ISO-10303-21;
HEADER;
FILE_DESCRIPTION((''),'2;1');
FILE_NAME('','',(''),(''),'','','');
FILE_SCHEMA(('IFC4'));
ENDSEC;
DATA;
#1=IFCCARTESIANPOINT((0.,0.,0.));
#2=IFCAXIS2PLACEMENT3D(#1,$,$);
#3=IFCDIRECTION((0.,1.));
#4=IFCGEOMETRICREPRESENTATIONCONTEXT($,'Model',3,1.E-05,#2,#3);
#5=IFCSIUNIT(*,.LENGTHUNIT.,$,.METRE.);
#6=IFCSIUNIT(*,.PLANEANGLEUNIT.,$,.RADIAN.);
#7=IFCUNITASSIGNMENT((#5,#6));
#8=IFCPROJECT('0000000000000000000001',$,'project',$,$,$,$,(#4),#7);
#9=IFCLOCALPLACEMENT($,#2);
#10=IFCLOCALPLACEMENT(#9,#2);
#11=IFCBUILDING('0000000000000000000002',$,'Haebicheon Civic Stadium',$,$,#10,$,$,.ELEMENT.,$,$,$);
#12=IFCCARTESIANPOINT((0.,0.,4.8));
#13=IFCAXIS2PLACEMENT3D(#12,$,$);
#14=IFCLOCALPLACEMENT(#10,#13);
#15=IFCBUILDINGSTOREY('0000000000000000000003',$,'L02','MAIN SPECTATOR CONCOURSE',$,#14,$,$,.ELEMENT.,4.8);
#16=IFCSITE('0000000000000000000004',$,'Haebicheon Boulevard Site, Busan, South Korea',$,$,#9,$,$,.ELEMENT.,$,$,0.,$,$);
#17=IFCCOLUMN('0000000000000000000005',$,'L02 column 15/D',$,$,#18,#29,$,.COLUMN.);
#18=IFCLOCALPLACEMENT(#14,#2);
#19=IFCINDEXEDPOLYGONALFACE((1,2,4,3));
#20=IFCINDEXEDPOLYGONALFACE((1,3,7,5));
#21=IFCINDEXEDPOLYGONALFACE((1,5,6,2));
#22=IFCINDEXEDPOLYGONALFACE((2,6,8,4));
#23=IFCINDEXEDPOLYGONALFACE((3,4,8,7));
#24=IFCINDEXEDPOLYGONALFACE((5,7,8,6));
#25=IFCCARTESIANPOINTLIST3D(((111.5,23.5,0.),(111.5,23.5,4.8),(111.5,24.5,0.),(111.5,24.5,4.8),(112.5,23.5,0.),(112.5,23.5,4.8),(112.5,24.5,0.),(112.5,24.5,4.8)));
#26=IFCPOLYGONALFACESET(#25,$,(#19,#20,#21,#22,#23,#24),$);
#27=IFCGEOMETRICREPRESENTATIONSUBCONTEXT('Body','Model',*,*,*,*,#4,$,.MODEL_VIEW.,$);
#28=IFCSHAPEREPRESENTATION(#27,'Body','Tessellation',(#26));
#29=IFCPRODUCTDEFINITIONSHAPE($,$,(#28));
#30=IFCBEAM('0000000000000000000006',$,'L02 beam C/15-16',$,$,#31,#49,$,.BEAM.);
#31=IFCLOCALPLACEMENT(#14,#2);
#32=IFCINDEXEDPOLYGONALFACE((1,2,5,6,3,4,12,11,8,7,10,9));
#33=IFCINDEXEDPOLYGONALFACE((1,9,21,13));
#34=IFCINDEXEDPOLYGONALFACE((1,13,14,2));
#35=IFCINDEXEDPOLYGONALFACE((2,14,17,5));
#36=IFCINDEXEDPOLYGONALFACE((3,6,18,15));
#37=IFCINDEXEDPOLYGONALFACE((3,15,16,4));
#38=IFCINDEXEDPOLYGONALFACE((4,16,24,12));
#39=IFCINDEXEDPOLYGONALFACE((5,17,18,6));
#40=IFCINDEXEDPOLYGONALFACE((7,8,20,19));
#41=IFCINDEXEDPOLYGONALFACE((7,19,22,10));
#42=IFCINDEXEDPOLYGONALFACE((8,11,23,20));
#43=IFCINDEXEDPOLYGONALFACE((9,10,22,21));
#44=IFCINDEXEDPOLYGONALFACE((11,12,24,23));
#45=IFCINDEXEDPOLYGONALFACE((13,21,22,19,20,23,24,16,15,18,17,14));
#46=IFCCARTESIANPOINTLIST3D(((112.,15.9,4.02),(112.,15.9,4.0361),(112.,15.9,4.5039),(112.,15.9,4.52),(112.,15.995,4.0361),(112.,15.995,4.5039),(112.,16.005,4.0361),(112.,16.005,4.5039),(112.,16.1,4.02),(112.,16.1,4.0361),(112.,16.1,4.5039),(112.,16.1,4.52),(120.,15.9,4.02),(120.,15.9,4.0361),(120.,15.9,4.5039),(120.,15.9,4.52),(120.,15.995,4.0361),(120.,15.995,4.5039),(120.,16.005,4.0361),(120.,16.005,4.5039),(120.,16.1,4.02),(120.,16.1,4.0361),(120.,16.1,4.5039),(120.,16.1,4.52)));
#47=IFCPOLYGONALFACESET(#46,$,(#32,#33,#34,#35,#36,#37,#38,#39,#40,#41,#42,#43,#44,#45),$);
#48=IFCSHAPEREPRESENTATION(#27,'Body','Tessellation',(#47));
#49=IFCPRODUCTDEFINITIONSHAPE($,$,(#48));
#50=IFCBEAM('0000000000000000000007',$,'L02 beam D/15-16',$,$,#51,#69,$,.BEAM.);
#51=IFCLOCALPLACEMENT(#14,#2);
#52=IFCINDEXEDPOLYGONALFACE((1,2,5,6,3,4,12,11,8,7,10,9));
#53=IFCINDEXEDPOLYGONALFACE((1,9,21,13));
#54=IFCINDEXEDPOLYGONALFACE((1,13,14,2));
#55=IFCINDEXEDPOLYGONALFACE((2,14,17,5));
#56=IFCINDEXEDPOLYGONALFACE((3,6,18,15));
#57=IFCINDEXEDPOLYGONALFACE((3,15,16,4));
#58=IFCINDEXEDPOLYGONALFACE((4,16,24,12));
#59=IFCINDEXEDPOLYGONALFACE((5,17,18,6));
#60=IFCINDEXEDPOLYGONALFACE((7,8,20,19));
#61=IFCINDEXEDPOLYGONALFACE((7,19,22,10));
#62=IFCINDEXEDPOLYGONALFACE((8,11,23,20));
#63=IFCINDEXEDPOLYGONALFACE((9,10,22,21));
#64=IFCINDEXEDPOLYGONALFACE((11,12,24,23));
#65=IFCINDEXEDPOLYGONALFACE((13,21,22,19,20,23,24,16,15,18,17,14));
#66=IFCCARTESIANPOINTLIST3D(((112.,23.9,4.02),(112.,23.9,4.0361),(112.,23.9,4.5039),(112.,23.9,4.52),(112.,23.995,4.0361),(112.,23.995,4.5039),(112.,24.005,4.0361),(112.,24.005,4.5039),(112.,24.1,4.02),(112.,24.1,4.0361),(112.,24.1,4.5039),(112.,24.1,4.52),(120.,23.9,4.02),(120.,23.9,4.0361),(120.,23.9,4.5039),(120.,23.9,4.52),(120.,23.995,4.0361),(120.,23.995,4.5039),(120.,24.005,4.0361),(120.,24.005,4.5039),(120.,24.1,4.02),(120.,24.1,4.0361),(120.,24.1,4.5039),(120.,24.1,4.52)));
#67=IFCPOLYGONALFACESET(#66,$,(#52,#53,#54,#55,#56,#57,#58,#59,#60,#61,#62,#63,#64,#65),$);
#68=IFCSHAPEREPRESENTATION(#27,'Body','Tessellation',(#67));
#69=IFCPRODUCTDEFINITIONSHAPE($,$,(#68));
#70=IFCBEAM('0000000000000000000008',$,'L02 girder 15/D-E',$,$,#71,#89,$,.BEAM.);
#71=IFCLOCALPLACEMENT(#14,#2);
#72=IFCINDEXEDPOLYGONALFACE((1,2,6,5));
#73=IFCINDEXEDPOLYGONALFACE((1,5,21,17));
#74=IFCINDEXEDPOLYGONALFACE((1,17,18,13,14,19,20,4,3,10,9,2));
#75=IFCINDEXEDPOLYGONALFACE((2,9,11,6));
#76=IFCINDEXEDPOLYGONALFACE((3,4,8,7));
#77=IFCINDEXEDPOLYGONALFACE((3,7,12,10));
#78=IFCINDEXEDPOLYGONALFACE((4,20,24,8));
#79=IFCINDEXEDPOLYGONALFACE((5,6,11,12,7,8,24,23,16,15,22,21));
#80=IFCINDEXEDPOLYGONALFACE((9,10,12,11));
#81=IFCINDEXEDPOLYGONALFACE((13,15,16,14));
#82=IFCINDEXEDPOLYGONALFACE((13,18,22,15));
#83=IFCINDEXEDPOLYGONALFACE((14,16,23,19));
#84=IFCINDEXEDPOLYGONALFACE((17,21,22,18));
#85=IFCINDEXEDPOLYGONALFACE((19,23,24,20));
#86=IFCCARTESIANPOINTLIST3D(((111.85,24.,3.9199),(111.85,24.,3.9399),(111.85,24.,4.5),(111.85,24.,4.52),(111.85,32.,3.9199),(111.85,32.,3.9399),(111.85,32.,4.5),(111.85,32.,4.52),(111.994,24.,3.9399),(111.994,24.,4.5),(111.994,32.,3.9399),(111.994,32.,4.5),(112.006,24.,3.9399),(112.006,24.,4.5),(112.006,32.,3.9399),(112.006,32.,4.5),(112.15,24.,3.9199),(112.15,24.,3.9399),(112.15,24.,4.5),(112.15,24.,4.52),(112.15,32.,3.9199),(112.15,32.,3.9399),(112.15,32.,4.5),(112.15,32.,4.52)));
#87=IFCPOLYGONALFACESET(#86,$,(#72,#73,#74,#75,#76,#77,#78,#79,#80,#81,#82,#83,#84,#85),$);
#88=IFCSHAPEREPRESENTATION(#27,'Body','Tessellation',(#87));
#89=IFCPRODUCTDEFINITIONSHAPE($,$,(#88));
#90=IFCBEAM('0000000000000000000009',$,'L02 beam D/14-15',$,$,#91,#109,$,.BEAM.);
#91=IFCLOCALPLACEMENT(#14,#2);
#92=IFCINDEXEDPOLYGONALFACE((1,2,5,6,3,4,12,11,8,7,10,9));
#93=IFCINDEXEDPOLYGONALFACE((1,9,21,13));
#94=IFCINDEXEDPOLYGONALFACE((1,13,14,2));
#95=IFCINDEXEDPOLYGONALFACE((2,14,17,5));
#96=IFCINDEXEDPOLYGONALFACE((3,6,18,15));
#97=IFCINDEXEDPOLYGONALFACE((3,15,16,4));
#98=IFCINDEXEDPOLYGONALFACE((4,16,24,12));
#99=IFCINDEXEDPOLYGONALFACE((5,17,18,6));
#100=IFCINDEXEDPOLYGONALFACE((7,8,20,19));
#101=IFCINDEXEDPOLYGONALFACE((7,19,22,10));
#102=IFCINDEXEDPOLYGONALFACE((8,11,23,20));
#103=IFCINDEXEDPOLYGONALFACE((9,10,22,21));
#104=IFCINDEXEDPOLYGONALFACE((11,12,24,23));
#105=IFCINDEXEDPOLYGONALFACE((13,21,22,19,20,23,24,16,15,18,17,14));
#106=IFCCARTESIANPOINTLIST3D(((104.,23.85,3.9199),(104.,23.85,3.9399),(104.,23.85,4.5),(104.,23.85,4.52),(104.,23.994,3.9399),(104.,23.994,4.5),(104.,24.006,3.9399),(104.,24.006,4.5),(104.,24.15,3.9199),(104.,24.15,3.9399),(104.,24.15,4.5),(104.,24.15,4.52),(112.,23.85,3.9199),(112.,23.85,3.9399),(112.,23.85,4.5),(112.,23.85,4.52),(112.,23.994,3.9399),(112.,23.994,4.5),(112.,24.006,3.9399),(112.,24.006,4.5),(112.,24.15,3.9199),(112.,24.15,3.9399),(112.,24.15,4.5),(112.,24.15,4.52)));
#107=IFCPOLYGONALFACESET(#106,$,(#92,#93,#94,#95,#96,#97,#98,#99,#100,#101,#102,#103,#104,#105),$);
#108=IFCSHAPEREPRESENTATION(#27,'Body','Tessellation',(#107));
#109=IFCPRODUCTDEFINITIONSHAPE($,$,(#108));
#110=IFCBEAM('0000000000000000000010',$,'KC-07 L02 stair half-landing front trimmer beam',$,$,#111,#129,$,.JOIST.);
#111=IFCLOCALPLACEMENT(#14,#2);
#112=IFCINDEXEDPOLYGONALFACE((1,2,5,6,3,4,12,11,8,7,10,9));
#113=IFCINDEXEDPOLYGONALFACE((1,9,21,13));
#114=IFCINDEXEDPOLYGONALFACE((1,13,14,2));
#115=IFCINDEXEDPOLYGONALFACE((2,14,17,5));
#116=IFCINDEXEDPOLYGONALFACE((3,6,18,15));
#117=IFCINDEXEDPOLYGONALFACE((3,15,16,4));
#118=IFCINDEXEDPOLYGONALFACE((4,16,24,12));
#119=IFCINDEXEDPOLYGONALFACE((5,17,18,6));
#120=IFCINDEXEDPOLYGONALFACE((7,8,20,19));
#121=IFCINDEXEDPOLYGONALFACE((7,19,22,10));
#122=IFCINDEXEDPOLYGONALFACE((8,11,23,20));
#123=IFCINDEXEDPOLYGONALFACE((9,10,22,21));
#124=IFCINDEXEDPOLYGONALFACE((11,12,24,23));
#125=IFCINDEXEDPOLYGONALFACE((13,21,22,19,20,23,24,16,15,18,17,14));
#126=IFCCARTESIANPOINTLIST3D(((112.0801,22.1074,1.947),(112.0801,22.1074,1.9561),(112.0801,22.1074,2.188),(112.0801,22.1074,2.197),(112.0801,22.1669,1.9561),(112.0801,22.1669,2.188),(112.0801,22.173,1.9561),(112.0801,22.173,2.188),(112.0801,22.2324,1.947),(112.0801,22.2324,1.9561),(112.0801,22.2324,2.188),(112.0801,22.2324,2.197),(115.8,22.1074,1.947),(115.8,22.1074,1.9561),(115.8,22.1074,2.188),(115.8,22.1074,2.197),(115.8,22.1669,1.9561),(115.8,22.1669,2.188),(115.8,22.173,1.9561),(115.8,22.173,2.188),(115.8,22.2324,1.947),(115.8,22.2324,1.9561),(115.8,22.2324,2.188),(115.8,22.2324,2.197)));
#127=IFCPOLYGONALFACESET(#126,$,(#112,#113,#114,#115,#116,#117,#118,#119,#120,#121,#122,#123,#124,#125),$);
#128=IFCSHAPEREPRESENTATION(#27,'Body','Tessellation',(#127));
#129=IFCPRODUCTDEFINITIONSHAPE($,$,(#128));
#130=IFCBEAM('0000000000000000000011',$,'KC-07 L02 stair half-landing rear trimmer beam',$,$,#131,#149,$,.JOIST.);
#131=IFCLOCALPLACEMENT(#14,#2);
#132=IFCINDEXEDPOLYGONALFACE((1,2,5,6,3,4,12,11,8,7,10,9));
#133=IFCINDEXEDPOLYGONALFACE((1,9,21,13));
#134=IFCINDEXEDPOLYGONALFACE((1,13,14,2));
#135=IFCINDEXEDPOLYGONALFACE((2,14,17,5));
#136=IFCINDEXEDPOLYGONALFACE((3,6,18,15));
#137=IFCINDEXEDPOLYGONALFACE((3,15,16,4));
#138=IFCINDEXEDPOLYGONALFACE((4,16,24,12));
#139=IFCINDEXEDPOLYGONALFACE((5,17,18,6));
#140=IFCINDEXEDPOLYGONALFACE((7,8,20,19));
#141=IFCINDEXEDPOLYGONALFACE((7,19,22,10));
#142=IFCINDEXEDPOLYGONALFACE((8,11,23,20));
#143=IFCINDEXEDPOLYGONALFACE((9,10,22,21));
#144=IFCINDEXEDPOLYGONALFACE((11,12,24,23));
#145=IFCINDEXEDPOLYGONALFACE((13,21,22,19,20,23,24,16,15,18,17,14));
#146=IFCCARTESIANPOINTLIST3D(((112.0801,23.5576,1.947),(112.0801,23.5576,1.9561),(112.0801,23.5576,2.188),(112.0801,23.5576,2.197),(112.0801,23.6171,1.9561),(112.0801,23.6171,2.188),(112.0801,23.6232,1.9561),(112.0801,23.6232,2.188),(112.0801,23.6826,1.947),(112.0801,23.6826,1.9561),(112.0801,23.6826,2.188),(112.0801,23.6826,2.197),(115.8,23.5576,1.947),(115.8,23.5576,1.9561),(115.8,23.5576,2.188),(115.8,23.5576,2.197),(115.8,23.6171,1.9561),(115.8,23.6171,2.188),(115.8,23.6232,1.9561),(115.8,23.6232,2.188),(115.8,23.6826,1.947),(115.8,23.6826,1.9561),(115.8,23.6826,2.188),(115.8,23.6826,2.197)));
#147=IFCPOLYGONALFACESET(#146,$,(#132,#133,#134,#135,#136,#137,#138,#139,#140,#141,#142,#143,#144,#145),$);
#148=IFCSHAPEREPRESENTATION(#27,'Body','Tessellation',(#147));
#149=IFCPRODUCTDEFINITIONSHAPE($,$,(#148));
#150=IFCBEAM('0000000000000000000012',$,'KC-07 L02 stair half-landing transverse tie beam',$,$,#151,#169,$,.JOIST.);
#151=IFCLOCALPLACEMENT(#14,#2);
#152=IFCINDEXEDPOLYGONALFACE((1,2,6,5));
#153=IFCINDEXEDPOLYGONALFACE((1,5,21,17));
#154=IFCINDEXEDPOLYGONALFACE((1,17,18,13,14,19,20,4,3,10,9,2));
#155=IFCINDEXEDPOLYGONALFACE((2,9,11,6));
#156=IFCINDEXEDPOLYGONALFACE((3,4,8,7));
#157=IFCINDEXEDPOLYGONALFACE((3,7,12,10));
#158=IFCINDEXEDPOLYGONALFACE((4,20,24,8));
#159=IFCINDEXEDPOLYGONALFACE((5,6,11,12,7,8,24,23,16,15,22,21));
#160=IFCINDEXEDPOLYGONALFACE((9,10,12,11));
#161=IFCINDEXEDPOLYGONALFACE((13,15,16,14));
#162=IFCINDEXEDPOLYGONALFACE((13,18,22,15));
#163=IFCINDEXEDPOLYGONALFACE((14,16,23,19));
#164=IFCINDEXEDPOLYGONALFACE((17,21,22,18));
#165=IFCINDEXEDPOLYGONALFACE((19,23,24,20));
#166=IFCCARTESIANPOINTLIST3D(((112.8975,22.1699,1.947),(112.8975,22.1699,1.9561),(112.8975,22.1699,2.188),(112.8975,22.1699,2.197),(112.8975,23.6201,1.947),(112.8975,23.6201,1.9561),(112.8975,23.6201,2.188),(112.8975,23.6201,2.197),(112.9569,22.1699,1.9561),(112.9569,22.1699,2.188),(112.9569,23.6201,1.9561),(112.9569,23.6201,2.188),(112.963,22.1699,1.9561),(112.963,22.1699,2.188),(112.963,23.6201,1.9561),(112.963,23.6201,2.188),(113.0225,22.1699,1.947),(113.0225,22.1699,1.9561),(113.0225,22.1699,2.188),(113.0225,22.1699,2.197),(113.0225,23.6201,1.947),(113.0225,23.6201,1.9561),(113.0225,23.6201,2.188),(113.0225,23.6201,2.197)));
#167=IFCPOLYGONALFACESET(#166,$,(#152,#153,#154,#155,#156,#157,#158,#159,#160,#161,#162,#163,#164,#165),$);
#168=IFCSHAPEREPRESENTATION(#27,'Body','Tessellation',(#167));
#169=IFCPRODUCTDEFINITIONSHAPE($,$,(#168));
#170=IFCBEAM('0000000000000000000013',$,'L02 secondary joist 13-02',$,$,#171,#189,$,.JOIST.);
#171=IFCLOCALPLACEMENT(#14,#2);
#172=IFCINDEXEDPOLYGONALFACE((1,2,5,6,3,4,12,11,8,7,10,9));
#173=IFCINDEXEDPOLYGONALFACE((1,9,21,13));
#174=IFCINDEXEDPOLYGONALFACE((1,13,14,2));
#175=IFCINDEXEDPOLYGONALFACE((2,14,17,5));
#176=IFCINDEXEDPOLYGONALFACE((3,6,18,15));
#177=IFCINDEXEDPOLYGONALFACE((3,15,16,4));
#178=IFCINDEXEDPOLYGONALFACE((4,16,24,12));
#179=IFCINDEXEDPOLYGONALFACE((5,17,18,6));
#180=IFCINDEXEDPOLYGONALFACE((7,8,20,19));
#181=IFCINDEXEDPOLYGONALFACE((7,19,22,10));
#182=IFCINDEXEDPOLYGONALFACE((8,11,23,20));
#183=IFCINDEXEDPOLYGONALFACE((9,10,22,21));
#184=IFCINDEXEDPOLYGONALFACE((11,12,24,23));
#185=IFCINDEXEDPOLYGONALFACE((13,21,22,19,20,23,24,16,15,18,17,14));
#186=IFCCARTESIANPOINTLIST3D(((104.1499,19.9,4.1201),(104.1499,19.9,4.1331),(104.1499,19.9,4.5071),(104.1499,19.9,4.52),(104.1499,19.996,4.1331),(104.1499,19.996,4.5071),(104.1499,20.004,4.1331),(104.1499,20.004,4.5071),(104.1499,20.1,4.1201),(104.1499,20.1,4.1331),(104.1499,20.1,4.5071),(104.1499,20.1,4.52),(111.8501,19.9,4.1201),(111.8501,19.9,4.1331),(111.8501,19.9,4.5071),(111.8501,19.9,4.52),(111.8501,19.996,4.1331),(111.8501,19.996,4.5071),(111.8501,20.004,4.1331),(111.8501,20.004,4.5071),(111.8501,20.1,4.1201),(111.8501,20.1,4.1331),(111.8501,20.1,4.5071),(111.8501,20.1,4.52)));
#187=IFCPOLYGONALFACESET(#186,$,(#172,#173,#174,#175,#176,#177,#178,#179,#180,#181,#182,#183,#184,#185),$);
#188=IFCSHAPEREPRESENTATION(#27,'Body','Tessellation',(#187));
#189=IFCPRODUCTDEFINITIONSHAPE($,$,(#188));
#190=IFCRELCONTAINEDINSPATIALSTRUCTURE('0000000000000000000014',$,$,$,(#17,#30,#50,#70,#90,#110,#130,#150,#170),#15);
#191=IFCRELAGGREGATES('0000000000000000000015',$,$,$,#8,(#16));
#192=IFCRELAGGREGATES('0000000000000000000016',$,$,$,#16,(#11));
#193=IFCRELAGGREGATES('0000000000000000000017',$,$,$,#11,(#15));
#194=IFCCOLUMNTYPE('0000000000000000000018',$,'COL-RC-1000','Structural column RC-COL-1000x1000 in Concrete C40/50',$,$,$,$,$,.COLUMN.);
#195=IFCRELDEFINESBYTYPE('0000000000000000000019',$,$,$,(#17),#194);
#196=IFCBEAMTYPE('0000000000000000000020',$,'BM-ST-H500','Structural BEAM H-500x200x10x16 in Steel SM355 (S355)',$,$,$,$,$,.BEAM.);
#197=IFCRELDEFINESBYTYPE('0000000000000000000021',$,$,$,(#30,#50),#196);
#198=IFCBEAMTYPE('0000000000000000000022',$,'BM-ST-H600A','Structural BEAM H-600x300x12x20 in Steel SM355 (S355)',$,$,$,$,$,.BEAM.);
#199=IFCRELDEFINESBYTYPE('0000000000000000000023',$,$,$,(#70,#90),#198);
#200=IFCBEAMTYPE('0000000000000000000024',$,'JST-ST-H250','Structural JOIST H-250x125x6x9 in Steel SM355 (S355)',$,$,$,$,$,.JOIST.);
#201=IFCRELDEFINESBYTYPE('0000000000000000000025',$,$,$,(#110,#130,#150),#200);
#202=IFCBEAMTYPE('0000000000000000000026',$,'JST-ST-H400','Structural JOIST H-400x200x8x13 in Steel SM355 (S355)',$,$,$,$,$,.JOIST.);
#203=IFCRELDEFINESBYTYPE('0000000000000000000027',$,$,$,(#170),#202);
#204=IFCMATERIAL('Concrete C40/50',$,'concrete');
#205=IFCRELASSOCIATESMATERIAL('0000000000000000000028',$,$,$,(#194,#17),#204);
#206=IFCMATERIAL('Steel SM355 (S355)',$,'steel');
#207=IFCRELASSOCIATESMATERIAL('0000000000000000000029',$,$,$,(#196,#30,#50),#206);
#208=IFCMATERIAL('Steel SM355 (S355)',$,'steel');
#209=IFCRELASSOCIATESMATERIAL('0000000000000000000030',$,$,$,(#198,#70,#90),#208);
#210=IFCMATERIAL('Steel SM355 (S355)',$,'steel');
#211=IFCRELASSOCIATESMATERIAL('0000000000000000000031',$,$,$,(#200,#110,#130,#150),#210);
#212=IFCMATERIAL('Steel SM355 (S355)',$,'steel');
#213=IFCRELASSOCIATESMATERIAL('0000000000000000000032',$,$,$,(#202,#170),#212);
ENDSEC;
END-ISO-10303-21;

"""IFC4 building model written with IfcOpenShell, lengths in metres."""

from ifc_helpers import new_model, si_unit, direction, frame, origin, origin_2d, place, context, subcontext, project, spatial, rectangle, i_section, extrude, material, material_profile, profile_set, type_object, element, save


model = new_model("IFC4")

# Units and contexts
model_context = context("Model", 3, precision=1e-05, world=origin(), true_north=direction((0.0, 1.0)))
body_context = subcontext(model_context, "Body", "Model", "MODEL_VIEW")
ifc_project = project(units=[si_unit("LENGTHUNIT", "METRE"), si_unit("PLANEANGLEUNIT", "RADIAN")], contexts=[model_context])

# Site, building, storey
site_placement = place(None, origin())
site = spatial("IfcSite", under=ifc_project, at=site_placement, Name="Haebicheon Boulevard Site, Busan, South Korea", CompositionType="ELEMENT", RefElevation=0.0)
building_placement = place(site_placement, origin())
building = spatial("IfcBuilding", under=site, at=building_placement, Name="Haebicheon Civic Stadium", CompositionType="ELEMENT")
storey_placement = place(building_placement, frame((0.0, 0.0, 4.8)))
storey = spatial("IfcBuildingStorey", under=building, at=storey_placement, Name="L02", Description="MAIN SPECTATOR CONCOURSE", CompositionType="ELEMENT", Elevation=4.8)

# Column
ifc_material_1 = material(Name="Concrete C40/50", Category="concrete")
ifc_material_profile_1 = material_profile(ifc_material_1, rectangle(XDim=1.0, YDim=1.0, at=origin_2d()), Name="RC-COL-1000x1000")
ifc_profile_set_1 = profile_set([ifc_material_profile_1], Name="Concrete C40/50")
column_type = type_object("IfcColumnType", Name="COL-RC-1000", Description="Structural column RC-COL-1000x1000 in Concrete C40/50", PredefinedType="COLUMN", material=ifc_profile_set_1)
column_placement = place(storey_placement, frame((112.0, 24.0, 0.0), z_axis=(0.0, 0.0, 1.0), x_axis=(1.0, 0.0, 0.0)))
element("IfcColumn", 1, at=column_placement, inside=storey, type_object=column_type, material=ifc_profile_set_1, Name="L02 column 15/D", PredefinedType="COLUMN", context=body_context, shape_type="SweptSolid", body=[
    extrude(rectangle(XDim=1.0, YDim=1.0, at=origin_2d()), origin(), (0.0, 0.0, 1.0), 4.8),
])

# Beams
ifc_material_2 = material(Name="Steel SM355 (S355)", Category="steel")
ifc_material_profile_2 = material_profile(ifc_material_2, i_section(OverallWidth=0.2, OverallDepth=0.5, WebThickness=0.01, FlangeThickness=0.0161, at=origin_2d()), Name="H-500x200x10x16")
ifc_profile_set_2 = profile_set([ifc_material_profile_2], Name="Steel SM355 (S355)")
beam_type_1 = type_object("IfcBeamType", Name="BM-ST-H500", Description="Structural BEAM H-500x200x10x16 in Steel SM355 (S355)", PredefinedType="BEAM", material=ifc_profile_set_2)
for number, where, z_axis, x_axis, name in (
    (2, (112.0, 16.0, 4.27), (1.0, 0.0, 0.0), (0.0, 1.0, 0.0), "L02 beam C/15-16"),
    (3, (112.0, 24.0, 4.27), (1.0, 0.0, 0.0), (0.0, 1.0, 0.0), "L02 beam D/15-16"),
):
    element("IfcBeam", number, at=place(storey_placement, frame(where, z_axis=z_axis, x_axis=x_axis)), inside=storey, type_object=beam_type_1, material=ifc_profile_set_2, Name=name, PredefinedType="BEAM", context=body_context, shape_type="SweptSolid", body=[
        extrude(i_section(OverallWidth=0.2, OverallDepth=0.5, WebThickness=0.01, FlangeThickness=0.0161, at=origin_2d()), origin(), (0.0, 0.0, 1.0), 8.0),
    ])
ifc_material_3 = material(Name="Steel SM355 (S355)", Category="steel")
ifc_material_profile_3 = material_profile(ifc_material_3, i_section(OverallWidth=0.3, OverallDepth=0.6001, WebThickness=0.012, FlangeThickness=0.02, at=origin_2d()), Name="H-600x300x12x20")
ifc_profile_set_3 = profile_set([ifc_material_profile_3], Name="Steel SM355 (S355)")
beam_type_2 = type_object("IfcBeamType", Name="BM-ST-H600A", Description="Structural BEAM H-600x300x12x20 in Steel SM355 (S355)", PredefinedType="BEAM", material=ifc_profile_set_3)
for number, where, z_axis, x_axis, name in (
    (4, (112.0, 24.0, 4.22), (0.0, 1.0, 0.0), (-1.0, 0.0, 0.0), "L02 girder 15/D-E"),
    (5, (104.0, 24.0, 4.22), (1.0, 0.0, 0.0), (0.0, 1.0, 0.0), "L02 beam D/14-15"),
):
    element("IfcBeam", number, at=place(storey_placement, frame(where, z_axis=z_axis, x_axis=x_axis)), inside=storey, type_object=beam_type_2, material=ifc_profile_set_3, Name=name, PredefinedType="BEAM", context=body_context, shape_type="SweptSolid", body=[
        extrude(i_section(OverallWidth=0.3, OverallDepth=0.6001, WebThickness=0.012, FlangeThickness=0.02, at=origin_2d()), origin(), (0.0, 0.0, 1.0), 8.0),
    ])
ifc_material_4 = material(Name="Steel SM355 (S355)", Category="steel")
ifc_material_profile_4 = material_profile(ifc_material_4, i_section(OverallWidth=0.125, OverallDepth=0.25, WebThickness=0.0061, FlangeThickness=0.009, at=origin_2d()), Name="H-250x125x6x9")
ifc_profile_set_4 = profile_set([ifc_material_profile_4], Name="Steel SM355 (S355)")
beam_type_3 = type_object("IfcBeamType", Name="JST-ST-H250", Description="Structural JOIST H-250x125x6x9 in Steel SM355 (S355)", PredefinedType="JOIST", material=ifc_profile_set_4)
for number, where, z_axis, x_axis, name in (
    (6, (112.0801, 22.1699, 2.072), (1.0, 0.0, 0.0), (0.0, 1.0, 0.0), "KC-07 L02 stair half-landing front trimmer beam"),
    (7, (112.0801, 23.6201, 2.072), (1.0, 0.0, 0.0), (0.0, 1.0, 0.0), "KC-07 L02 stair half-landing rear trimmer beam"),
):
    element("IfcBeam", number, at=place(storey_placement, frame(where, z_axis=z_axis, x_axis=x_axis)), inside=storey, type_object=beam_type_3, material=ifc_profile_set_4, Name=name, PredefinedType="JOIST", context=body_context, shape_type="SweptSolid", body=[
        extrude(i_section(OverallWidth=0.125, OverallDepth=0.25, WebThickness=0.0061, FlangeThickness=0.009, at=origin_2d()), origin(), (0.0, 0.0, 1.0), 3.72),
    ])
beam_1_placement = place(storey_placement, frame((112.96, 22.1699, 2.072), z_axis=(0.0, 1.0, 0.0), x_axis=(-1.0, 0.0, 0.0)))
element("IfcBeam", 8, at=beam_1_placement, inside=storey, type_object=beam_type_3, material=ifc_profile_set_4, Name="KC-07 L02 stair half-landing transverse tie beam", PredefinedType="JOIST", context=body_context, shape_type="SweptSolid", body=[
    extrude(i_section(OverallWidth=0.125, OverallDepth=0.25, WebThickness=0.0061, FlangeThickness=0.009, at=origin_2d()), origin(), (0.0, 0.0, 1.0), 1.4502),
])
ifc_material_5 = material(Name="Steel SM355 (S355)", Category="steel")
ifc_material_profile_5 = material_profile(ifc_material_5, i_section(OverallWidth=0.2, OverallDepth=0.3999, WebThickness=0.0081, FlangeThickness=0.0129, at=origin_2d()), Name="H-400x200x8x13")
ifc_profile_set_5 = profile_set([ifc_material_profile_5], Name="Steel SM355 (S355)")
beam_type_4 = type_object("IfcBeamType", Name="JST-ST-H400", Description="Structural JOIST H-400x200x8x13 in Steel SM355 (S355)", PredefinedType="JOIST", material=ifc_profile_set_5)
beam_2_placement = place(storey_placement, frame((104.1499, 20.0, 4.3201), z_axis=(1.0, 0.0, 0.0), x_axis=(0.0, 1.0, 0.0)))
element("IfcBeam", 9, at=beam_2_placement, inside=storey, type_object=beam_type_4, material=ifc_profile_set_5, Name="L02 secondary joist 13-02", PredefinedType="JOIST", context=body_context, shape_type="SweptSolid", body=[
    extrude(i_section(OverallWidth=0.2, OverallDepth=0.3999, WebThickness=0.0081, FlangeThickness=0.0129, at=origin_2d()), origin(), (0.0, 0.0, 1.0), 7.7002),
])

save(model, "model.ifc")
